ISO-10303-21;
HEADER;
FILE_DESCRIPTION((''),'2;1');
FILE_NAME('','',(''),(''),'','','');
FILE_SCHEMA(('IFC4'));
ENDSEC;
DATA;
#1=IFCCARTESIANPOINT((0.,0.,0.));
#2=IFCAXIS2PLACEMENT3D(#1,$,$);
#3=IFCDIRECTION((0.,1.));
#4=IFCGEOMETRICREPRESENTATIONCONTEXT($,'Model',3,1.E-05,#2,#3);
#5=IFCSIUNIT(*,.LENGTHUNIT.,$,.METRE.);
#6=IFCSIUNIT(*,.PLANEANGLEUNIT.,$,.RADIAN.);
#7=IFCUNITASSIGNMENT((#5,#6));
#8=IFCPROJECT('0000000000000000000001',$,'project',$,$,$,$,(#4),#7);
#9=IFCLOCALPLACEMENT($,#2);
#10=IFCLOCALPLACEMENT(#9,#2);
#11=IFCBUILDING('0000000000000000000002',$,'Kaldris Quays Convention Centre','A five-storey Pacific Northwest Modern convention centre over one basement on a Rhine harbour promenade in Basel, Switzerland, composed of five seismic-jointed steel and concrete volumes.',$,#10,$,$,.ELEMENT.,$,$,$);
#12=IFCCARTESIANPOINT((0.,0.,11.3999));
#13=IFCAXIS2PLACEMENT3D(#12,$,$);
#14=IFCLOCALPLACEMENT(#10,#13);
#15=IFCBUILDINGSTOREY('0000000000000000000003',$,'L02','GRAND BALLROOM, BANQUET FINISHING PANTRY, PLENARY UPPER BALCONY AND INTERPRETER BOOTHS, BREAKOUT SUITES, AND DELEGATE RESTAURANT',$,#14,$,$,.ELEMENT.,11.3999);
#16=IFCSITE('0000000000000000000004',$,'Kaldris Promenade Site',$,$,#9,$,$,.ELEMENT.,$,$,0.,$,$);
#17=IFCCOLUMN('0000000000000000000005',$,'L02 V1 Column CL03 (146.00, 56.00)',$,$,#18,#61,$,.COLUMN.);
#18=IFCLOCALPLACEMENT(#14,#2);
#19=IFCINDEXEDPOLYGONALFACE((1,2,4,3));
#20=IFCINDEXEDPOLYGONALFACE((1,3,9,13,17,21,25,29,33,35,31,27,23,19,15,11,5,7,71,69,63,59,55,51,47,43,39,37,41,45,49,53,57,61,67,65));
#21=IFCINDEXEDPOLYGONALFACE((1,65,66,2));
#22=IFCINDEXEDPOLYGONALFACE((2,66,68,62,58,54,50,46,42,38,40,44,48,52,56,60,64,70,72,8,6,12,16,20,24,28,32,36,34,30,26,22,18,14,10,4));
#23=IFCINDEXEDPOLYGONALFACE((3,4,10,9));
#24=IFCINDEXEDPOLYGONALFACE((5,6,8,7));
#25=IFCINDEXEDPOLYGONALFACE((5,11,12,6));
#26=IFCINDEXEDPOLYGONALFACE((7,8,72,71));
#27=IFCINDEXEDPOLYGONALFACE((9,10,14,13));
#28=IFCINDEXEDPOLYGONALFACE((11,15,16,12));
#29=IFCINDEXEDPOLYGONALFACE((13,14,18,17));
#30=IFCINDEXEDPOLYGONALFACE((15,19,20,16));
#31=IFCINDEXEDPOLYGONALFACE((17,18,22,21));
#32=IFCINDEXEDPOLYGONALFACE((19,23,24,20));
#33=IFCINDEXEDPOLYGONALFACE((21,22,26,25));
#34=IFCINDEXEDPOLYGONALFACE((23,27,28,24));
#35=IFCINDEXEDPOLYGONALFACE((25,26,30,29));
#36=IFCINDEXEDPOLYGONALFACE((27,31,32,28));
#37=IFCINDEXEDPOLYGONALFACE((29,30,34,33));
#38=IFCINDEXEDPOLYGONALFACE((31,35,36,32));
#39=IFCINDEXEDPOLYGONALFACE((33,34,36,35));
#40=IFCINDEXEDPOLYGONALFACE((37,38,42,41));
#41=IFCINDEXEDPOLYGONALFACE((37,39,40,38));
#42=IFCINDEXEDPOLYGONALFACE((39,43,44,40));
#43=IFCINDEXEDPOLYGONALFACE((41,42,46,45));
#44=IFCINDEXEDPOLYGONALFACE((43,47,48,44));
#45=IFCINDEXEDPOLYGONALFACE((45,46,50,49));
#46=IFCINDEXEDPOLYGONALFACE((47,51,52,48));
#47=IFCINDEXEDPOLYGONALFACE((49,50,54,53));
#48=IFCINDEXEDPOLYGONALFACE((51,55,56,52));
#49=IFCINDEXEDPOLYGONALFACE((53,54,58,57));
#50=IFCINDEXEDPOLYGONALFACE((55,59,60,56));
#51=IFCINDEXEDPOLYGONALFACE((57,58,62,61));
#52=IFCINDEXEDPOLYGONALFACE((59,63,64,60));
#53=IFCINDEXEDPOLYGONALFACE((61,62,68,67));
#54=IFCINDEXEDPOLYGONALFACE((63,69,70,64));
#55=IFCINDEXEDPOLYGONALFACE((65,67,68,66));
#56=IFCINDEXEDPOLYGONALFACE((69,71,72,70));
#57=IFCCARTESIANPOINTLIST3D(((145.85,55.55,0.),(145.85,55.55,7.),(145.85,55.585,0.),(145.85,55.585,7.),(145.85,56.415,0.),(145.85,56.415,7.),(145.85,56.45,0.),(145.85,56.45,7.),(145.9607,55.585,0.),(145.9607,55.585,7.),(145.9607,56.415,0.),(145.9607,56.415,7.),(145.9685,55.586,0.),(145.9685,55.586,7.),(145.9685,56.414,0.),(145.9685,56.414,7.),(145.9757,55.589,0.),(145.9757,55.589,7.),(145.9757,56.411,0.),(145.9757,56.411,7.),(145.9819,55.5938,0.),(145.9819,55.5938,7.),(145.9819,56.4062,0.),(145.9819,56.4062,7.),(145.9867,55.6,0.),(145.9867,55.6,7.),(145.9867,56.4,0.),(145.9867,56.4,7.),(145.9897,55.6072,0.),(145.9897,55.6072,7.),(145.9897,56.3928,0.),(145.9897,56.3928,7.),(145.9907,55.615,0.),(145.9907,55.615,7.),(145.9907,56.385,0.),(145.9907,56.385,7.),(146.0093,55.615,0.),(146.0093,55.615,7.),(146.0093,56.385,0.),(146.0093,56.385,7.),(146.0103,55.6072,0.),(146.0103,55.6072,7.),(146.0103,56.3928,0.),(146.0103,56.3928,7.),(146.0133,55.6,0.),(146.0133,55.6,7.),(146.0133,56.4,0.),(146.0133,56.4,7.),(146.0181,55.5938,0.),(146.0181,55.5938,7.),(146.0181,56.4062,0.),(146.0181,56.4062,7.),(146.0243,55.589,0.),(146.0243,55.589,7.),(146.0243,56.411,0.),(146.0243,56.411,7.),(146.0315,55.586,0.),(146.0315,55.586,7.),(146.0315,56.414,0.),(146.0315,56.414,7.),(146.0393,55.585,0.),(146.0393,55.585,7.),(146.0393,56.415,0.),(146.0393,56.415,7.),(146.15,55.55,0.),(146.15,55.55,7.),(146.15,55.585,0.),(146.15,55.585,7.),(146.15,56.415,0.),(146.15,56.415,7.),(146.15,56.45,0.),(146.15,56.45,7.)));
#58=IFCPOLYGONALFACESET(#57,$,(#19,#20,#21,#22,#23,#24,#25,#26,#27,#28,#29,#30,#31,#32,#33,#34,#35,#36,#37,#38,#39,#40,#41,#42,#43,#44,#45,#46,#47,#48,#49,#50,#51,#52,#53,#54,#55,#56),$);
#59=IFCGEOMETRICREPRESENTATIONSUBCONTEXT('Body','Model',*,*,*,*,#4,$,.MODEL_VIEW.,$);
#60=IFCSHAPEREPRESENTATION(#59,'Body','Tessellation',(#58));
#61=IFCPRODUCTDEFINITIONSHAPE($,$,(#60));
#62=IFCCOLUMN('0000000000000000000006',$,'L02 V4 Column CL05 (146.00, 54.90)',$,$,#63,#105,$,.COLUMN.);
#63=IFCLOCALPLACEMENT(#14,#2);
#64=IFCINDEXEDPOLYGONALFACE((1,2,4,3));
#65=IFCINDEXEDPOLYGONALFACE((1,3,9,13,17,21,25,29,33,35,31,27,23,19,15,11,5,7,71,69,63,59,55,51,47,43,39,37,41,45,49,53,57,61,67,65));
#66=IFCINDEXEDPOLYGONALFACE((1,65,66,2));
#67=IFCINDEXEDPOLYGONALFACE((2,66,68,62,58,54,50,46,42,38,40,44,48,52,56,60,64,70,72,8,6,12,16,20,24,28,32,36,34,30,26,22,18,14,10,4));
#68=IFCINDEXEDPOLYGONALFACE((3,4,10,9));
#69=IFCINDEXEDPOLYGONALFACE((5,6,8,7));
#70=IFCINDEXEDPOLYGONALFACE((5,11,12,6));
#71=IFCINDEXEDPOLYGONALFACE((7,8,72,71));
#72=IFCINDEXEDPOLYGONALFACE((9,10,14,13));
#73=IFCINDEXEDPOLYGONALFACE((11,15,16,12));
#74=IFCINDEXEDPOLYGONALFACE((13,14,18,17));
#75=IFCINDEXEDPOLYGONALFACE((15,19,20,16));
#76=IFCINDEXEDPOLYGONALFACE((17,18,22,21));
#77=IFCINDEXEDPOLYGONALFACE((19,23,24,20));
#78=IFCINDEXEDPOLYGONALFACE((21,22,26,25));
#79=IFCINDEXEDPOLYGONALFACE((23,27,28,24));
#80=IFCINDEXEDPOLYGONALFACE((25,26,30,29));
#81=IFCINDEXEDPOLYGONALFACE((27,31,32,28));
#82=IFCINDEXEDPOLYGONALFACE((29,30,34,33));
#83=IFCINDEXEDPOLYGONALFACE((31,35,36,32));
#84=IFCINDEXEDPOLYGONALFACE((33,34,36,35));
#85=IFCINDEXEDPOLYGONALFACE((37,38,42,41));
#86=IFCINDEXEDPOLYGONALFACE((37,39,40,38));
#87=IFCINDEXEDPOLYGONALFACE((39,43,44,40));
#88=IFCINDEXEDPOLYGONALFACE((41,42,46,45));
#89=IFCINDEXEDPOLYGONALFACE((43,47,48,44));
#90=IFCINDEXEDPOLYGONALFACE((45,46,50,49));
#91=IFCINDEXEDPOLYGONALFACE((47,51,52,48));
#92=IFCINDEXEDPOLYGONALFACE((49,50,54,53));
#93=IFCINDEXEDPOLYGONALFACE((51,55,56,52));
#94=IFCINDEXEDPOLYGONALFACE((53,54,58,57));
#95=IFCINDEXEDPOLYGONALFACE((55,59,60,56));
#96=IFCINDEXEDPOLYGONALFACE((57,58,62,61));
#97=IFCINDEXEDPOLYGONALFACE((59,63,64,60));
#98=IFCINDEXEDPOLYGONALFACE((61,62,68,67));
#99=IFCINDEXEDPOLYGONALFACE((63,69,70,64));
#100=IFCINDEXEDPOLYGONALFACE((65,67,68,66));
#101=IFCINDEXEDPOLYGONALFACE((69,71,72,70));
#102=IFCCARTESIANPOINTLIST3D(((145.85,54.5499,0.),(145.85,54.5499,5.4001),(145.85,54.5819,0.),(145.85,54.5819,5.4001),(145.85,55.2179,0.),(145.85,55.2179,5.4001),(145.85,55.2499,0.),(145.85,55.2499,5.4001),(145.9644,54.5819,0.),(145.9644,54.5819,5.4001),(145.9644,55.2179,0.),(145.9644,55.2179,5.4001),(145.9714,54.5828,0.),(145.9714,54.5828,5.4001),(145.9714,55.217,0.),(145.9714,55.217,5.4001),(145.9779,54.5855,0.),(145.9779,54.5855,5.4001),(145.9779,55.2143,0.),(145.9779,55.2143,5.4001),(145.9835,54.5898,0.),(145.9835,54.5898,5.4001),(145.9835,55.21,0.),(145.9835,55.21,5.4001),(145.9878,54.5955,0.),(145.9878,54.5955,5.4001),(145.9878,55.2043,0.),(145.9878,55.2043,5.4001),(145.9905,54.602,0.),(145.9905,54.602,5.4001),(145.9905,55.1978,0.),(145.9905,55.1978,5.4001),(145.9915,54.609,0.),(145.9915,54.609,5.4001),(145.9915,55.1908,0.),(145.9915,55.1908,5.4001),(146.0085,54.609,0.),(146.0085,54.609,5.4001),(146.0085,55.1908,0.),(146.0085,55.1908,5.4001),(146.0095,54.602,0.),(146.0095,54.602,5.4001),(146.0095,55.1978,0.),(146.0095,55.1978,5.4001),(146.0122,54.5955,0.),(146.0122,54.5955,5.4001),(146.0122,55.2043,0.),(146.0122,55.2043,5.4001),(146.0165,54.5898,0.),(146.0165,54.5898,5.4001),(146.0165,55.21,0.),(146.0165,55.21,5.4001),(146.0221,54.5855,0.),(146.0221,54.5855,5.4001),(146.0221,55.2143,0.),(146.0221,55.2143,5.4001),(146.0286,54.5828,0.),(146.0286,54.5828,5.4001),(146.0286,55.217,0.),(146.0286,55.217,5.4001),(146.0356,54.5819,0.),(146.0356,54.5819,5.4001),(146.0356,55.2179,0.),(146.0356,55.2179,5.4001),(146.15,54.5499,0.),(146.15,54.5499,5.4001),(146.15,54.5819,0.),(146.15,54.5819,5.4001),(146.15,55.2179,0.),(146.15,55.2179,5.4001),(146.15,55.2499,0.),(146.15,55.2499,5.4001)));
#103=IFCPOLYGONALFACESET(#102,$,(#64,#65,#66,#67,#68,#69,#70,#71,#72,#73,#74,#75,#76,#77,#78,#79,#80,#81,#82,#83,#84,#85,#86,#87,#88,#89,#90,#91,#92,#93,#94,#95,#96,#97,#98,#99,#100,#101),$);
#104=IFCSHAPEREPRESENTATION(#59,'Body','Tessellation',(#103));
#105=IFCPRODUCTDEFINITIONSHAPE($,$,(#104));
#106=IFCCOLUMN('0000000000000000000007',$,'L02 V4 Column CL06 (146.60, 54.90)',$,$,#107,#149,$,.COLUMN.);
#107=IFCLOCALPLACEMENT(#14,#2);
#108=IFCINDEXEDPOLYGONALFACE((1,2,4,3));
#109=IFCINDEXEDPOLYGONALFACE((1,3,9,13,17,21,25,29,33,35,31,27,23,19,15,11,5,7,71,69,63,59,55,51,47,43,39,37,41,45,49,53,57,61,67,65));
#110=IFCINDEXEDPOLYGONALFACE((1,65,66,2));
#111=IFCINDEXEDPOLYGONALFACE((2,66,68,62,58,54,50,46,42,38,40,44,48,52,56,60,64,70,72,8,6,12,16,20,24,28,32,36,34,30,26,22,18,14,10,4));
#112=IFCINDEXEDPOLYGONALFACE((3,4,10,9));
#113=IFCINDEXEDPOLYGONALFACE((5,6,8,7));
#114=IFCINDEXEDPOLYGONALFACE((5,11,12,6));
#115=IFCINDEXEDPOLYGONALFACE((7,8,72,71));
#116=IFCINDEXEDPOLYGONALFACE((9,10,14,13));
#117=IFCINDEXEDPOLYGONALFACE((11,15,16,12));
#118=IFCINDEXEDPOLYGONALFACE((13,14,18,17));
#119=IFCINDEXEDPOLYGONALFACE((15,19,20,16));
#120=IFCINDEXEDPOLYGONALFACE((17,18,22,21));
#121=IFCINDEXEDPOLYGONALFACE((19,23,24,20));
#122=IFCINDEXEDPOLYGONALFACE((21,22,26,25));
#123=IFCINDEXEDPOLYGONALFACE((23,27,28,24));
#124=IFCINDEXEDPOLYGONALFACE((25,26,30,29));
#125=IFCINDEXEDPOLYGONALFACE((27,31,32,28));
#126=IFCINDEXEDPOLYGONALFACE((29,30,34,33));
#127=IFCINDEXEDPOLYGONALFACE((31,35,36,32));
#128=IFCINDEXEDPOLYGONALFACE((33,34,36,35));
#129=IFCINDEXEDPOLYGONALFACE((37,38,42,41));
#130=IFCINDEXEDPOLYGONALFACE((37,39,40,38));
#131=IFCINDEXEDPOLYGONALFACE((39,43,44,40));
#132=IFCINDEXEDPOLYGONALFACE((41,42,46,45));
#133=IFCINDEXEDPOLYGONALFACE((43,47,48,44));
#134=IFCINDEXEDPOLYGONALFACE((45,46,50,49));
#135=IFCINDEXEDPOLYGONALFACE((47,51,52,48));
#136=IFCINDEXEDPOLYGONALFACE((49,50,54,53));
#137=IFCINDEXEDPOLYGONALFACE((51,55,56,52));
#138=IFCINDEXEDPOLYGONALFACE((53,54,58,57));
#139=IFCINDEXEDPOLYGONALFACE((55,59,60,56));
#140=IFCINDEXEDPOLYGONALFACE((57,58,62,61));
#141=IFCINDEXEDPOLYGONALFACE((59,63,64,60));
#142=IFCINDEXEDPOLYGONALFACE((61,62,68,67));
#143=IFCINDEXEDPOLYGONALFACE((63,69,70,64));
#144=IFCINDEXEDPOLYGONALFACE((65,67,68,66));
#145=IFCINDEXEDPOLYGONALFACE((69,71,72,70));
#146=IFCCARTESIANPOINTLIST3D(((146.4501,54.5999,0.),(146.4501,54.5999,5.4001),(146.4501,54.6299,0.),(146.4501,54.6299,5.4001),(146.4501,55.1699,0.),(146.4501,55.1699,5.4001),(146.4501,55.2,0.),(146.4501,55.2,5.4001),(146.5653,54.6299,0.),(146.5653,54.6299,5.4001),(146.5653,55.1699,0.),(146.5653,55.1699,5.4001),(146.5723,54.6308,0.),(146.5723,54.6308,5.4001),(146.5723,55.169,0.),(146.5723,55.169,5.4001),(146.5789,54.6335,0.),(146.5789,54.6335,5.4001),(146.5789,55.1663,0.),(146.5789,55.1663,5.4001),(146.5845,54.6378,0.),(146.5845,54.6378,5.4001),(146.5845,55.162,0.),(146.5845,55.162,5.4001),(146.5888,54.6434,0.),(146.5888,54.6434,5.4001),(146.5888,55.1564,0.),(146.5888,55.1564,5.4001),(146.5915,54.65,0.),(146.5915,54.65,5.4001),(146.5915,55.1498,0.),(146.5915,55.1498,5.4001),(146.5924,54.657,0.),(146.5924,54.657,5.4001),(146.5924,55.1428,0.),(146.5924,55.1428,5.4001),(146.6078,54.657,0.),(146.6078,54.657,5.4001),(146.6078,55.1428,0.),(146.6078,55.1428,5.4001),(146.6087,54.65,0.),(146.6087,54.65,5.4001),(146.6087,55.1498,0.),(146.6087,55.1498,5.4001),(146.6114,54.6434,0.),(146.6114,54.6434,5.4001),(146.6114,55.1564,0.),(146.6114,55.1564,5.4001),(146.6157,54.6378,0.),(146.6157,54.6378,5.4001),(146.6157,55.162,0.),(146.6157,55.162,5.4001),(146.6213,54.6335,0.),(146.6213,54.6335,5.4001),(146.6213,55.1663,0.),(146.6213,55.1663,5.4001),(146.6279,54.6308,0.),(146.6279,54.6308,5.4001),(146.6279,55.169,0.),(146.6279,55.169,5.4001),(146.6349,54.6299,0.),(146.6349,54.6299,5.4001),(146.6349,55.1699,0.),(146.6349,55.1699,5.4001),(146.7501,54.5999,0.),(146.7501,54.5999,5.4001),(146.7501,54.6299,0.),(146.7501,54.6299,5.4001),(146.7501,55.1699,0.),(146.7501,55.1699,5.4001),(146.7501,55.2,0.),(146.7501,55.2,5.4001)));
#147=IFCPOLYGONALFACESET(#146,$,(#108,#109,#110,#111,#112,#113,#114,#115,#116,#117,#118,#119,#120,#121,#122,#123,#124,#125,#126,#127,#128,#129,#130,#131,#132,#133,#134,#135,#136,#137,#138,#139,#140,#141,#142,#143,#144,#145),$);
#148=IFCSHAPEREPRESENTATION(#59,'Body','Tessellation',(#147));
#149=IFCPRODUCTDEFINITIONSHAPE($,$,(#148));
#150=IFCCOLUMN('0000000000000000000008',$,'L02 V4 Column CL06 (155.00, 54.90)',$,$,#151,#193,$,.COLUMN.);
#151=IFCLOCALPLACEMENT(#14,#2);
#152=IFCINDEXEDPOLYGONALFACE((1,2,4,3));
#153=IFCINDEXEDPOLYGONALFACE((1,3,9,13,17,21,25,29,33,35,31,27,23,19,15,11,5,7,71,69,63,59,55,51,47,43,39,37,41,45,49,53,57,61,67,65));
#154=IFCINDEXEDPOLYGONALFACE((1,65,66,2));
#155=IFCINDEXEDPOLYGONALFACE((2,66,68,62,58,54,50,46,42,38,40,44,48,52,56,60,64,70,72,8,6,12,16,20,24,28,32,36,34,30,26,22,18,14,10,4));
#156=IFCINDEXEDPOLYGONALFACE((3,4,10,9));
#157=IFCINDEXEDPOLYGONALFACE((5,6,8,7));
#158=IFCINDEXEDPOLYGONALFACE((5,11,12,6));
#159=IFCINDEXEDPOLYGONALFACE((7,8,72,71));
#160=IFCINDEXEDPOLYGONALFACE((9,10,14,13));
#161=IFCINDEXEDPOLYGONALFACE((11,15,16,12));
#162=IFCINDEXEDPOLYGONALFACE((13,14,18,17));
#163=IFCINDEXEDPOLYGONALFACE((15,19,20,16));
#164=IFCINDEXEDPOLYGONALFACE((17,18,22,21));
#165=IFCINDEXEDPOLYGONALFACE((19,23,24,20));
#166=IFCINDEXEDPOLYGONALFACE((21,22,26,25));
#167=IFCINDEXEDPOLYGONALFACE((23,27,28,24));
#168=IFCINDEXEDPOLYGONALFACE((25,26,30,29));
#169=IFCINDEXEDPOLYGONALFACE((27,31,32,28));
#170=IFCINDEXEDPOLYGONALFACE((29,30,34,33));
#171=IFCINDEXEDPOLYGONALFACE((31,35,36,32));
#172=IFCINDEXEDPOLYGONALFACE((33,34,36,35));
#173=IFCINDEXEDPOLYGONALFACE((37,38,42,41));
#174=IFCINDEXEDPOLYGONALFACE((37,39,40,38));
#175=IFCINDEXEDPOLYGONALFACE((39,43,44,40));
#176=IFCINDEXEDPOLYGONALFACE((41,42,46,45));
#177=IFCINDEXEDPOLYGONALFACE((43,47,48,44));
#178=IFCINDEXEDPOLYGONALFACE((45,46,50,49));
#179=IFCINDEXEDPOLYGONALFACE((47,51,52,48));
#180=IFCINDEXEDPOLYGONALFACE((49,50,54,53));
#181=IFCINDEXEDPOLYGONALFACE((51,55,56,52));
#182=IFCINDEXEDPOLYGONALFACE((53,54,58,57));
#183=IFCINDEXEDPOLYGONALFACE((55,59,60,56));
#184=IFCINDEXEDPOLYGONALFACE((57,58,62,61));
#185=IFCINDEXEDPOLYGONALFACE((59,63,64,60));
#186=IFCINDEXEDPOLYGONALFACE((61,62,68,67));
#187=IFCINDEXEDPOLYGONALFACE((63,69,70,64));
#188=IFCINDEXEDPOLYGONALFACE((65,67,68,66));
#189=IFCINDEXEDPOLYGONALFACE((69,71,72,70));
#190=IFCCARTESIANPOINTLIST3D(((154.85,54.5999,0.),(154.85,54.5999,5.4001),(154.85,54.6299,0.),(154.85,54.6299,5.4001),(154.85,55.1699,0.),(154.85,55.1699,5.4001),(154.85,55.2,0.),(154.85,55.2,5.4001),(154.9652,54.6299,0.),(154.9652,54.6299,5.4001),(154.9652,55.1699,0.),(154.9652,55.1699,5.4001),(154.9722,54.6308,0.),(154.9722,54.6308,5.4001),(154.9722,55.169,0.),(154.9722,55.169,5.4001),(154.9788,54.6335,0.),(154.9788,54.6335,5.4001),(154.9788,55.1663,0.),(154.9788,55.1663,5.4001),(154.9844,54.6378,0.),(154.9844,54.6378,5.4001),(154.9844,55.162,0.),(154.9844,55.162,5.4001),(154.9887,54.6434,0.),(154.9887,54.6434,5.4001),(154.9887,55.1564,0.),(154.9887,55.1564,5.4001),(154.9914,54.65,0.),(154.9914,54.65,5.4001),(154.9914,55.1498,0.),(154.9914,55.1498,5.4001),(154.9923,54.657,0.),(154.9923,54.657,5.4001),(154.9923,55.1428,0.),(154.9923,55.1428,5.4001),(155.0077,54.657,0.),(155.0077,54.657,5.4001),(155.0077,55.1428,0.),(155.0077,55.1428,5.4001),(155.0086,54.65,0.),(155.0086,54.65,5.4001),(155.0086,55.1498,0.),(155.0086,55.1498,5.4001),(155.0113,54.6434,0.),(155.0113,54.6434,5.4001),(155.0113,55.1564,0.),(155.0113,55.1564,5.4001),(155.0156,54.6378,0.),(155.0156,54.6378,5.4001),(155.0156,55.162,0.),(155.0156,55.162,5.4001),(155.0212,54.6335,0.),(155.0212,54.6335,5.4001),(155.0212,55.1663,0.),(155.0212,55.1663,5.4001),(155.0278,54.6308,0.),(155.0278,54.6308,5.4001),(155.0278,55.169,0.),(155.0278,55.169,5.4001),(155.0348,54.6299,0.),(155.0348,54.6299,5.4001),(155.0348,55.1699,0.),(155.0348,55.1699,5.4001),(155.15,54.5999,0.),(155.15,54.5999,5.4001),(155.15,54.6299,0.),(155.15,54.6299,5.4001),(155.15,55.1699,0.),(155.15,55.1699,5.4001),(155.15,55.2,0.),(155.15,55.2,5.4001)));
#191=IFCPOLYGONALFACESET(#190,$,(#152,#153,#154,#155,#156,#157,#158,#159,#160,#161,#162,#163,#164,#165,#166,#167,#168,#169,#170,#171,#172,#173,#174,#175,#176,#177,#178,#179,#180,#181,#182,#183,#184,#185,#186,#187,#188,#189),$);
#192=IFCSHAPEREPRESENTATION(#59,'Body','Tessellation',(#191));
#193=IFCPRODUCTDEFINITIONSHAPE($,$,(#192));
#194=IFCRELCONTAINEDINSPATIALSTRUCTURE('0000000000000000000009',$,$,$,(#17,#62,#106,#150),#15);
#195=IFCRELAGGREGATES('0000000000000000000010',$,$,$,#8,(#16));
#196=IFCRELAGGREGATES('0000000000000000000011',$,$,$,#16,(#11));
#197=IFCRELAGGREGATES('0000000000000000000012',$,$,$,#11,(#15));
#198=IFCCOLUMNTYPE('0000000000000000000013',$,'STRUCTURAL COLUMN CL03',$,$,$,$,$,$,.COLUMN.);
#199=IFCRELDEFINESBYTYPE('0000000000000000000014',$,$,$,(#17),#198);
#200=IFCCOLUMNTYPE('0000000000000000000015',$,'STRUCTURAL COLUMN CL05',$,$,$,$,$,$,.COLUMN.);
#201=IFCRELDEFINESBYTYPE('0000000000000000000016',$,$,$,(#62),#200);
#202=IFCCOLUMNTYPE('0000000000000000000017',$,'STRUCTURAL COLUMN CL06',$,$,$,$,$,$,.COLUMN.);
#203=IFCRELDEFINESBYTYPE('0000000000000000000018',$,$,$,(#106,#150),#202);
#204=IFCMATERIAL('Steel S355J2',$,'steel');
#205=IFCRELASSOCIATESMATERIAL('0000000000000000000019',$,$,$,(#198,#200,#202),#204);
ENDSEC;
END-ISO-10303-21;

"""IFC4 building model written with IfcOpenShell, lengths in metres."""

from ifc_helpers import new_model, si_unit, direction, frame, origin, origin_2d, place, context, subcontext, project, spatial, i_section, extrude, material, material_profile, profile_set, type_object, element, save


model = new_model("IFC4")

# Units and contexts
model_context = context("Model", 3, precision=1e-05, world=origin(), true_north=direction((0.0, 1.0)))
body_context = subcontext(model_context, "Body", "Model", "MODEL_VIEW")
ifc_project = project(units=[si_unit("LENGTHUNIT", "METRE"), si_unit("PLANEANGLEUNIT", "RADIAN")], contexts=[model_context])

# Site, building, storey
site_placement = place(None, origin())
site = spatial("IfcSite", under=ifc_project, at=site_placement, Name="Kaldris Promenade Site", CompositionType="ELEMENT", RefElevation=0.0)
building_placement = place(site_placement, origin())
building = spatial("IfcBuilding", under=site, at=building_placement, Name="Kaldris Quays Convention Centre", Description="A five-storey Pacific Northwest Modern convention centre over one basement on a Rhine harbour promenade in Basel, Switzerland, composed of five seismic-jointed steel and concrete volumes.", CompositionType="ELEMENT")
storey_placement = place(building_placement, frame((0.0, 0.0, 11.3999)))
storey = spatial("IfcBuildingStorey", under=building, at=storey_placement, Name="L02", Description="GRAND BALLROOM, BANQUET FINISHING PANTRY, PLENARY UPPER BALCONY AND INTERPRETER BOOTHS, BREAKOUT SUITES, AND DELEGATE RESTAURANT", CompositionType="ELEMENT", Elevation=11.3999)

# Columns
ifc_material_1 = material(Name="Steel S355J2", Category="steel")
ifc_material_profile_1 = material_profile(ifc_material_1, i_section(OverallWidth=0.3, OverallDepth=0.8999, WebThickness=0.0186, FlangeThickness=0.0349, FilletRadius=0.03, at=origin_2d()), Name="HEB 900")
ifc_profile_set_1 = profile_set([ifc_material_profile_1], Name="Steel S355J2")
column_type_1 = type_object("IfcColumnType", Name="STRUCTURAL COLUMN CL03", PredefinedType="COLUMN", material=ifc_profile_set_1)
column_1_placement = place(storey_placement, frame((146.0, 56.0, 0.0), z_axis=(0.0, 0.0, 1.0), x_axis=(1.0, 0.0, 0.0)))
element("IfcColumn", 1, at=column_1_placement, inside=storey, type_object=column_type_1, Name="L02 V1 Column CL03 (146.00, 56.00)", PredefinedType="COLUMN", context=body_context, shape_type="SweptSolid", body=[
    extrude(i_section(OverallWidth=0.3, OverallDepth=0.8999, WebThickness=0.0186, FlangeThickness=0.0349, FilletRadius=0.03, at=origin_2d()), origin(), (0.0, 0.0, 1.0), 7.0),
])
ifc_material_profile_2 = material_profile(ifc_material_1, i_section(OverallWidth=0.3, OverallDepth=0.7, WebThickness=0.0171, FlangeThickness=0.032, FilletRadius=0.0271, at=origin_2d()), Name="HEB 700")
ifc_profile_set_2 = profile_set([ifc_material_profile_2], Name="Steel S355J2")
column_type_2 = type_object("IfcColumnType", Name="STRUCTURAL COLUMN CL05", PredefinedType="COLUMN", material=ifc_profile_set_2)
column_2_placement = place(storey_placement, frame((146.0, 54.8999, 0.0), z_axis=(0.0, 0.0, 1.0), x_axis=(1.0, 0.0, 0.0)))
element("IfcColumn", 2, at=column_2_placement, inside=storey, type_object=column_type_2, Name="L02 V4 Column CL05 (146.00, 54.90)", PredefinedType="COLUMN", context=body_context, shape_type="SweptSolid", body=[
    extrude(i_section(OverallWidth=0.3, OverallDepth=0.7, WebThickness=0.0171, FlangeThickness=0.032, FilletRadius=0.0271, at=origin_2d()), origin(), (0.0, 0.0, 1.0), 5.4001),
])
ifc_material_profile_3 = material_profile(ifc_material_1, i_section(OverallWidth=0.3, OverallDepth=0.6001, WebThickness=0.0154, FlangeThickness=0.03, FilletRadius=0.0271, at=origin_2d()), Name="HEB 600")
ifc_profile_set_3 = profile_set([ifc_material_profile_3], Name="Steel S355J2")
column_type_3 = type_object("IfcColumnType", Name="STRUCTURAL COLUMN CL06", PredefinedType="COLUMN", material=ifc_profile_set_3)
for number, where, z_axis, x_axis, name in (
    (3, (146.6001, 54.8999, 0.0), (0.0, 0.0, 1.0), (1.0, 0.0, 0.0), "L02 V4 Column CL06 (146.60, 54.90)"),
    (4, (155.0, 54.8999, 0.0), (0.0, 0.0, 1.0), (1.0, 0.0, 0.0), "L02 V4 Column CL06 (155.00, 54.90)"),
):
    element("IfcColumn", number, at=place(storey_placement, frame(where, z_axis=z_axis, x_axis=x_axis)), inside=storey, type_object=column_type_3, Name=name, PredefinedType="COLUMN", context=body_context, shape_type="SweptSolid", body=[
        extrude(i_section(OverallWidth=0.3, OverallDepth=0.6001, WebThickness=0.0154, FlangeThickness=0.03, FilletRadius=0.0271, at=origin_2d()), origin(), (0.0, 0.0, 1.0), 5.4001),
    ])

save(model, "model.ifc")
